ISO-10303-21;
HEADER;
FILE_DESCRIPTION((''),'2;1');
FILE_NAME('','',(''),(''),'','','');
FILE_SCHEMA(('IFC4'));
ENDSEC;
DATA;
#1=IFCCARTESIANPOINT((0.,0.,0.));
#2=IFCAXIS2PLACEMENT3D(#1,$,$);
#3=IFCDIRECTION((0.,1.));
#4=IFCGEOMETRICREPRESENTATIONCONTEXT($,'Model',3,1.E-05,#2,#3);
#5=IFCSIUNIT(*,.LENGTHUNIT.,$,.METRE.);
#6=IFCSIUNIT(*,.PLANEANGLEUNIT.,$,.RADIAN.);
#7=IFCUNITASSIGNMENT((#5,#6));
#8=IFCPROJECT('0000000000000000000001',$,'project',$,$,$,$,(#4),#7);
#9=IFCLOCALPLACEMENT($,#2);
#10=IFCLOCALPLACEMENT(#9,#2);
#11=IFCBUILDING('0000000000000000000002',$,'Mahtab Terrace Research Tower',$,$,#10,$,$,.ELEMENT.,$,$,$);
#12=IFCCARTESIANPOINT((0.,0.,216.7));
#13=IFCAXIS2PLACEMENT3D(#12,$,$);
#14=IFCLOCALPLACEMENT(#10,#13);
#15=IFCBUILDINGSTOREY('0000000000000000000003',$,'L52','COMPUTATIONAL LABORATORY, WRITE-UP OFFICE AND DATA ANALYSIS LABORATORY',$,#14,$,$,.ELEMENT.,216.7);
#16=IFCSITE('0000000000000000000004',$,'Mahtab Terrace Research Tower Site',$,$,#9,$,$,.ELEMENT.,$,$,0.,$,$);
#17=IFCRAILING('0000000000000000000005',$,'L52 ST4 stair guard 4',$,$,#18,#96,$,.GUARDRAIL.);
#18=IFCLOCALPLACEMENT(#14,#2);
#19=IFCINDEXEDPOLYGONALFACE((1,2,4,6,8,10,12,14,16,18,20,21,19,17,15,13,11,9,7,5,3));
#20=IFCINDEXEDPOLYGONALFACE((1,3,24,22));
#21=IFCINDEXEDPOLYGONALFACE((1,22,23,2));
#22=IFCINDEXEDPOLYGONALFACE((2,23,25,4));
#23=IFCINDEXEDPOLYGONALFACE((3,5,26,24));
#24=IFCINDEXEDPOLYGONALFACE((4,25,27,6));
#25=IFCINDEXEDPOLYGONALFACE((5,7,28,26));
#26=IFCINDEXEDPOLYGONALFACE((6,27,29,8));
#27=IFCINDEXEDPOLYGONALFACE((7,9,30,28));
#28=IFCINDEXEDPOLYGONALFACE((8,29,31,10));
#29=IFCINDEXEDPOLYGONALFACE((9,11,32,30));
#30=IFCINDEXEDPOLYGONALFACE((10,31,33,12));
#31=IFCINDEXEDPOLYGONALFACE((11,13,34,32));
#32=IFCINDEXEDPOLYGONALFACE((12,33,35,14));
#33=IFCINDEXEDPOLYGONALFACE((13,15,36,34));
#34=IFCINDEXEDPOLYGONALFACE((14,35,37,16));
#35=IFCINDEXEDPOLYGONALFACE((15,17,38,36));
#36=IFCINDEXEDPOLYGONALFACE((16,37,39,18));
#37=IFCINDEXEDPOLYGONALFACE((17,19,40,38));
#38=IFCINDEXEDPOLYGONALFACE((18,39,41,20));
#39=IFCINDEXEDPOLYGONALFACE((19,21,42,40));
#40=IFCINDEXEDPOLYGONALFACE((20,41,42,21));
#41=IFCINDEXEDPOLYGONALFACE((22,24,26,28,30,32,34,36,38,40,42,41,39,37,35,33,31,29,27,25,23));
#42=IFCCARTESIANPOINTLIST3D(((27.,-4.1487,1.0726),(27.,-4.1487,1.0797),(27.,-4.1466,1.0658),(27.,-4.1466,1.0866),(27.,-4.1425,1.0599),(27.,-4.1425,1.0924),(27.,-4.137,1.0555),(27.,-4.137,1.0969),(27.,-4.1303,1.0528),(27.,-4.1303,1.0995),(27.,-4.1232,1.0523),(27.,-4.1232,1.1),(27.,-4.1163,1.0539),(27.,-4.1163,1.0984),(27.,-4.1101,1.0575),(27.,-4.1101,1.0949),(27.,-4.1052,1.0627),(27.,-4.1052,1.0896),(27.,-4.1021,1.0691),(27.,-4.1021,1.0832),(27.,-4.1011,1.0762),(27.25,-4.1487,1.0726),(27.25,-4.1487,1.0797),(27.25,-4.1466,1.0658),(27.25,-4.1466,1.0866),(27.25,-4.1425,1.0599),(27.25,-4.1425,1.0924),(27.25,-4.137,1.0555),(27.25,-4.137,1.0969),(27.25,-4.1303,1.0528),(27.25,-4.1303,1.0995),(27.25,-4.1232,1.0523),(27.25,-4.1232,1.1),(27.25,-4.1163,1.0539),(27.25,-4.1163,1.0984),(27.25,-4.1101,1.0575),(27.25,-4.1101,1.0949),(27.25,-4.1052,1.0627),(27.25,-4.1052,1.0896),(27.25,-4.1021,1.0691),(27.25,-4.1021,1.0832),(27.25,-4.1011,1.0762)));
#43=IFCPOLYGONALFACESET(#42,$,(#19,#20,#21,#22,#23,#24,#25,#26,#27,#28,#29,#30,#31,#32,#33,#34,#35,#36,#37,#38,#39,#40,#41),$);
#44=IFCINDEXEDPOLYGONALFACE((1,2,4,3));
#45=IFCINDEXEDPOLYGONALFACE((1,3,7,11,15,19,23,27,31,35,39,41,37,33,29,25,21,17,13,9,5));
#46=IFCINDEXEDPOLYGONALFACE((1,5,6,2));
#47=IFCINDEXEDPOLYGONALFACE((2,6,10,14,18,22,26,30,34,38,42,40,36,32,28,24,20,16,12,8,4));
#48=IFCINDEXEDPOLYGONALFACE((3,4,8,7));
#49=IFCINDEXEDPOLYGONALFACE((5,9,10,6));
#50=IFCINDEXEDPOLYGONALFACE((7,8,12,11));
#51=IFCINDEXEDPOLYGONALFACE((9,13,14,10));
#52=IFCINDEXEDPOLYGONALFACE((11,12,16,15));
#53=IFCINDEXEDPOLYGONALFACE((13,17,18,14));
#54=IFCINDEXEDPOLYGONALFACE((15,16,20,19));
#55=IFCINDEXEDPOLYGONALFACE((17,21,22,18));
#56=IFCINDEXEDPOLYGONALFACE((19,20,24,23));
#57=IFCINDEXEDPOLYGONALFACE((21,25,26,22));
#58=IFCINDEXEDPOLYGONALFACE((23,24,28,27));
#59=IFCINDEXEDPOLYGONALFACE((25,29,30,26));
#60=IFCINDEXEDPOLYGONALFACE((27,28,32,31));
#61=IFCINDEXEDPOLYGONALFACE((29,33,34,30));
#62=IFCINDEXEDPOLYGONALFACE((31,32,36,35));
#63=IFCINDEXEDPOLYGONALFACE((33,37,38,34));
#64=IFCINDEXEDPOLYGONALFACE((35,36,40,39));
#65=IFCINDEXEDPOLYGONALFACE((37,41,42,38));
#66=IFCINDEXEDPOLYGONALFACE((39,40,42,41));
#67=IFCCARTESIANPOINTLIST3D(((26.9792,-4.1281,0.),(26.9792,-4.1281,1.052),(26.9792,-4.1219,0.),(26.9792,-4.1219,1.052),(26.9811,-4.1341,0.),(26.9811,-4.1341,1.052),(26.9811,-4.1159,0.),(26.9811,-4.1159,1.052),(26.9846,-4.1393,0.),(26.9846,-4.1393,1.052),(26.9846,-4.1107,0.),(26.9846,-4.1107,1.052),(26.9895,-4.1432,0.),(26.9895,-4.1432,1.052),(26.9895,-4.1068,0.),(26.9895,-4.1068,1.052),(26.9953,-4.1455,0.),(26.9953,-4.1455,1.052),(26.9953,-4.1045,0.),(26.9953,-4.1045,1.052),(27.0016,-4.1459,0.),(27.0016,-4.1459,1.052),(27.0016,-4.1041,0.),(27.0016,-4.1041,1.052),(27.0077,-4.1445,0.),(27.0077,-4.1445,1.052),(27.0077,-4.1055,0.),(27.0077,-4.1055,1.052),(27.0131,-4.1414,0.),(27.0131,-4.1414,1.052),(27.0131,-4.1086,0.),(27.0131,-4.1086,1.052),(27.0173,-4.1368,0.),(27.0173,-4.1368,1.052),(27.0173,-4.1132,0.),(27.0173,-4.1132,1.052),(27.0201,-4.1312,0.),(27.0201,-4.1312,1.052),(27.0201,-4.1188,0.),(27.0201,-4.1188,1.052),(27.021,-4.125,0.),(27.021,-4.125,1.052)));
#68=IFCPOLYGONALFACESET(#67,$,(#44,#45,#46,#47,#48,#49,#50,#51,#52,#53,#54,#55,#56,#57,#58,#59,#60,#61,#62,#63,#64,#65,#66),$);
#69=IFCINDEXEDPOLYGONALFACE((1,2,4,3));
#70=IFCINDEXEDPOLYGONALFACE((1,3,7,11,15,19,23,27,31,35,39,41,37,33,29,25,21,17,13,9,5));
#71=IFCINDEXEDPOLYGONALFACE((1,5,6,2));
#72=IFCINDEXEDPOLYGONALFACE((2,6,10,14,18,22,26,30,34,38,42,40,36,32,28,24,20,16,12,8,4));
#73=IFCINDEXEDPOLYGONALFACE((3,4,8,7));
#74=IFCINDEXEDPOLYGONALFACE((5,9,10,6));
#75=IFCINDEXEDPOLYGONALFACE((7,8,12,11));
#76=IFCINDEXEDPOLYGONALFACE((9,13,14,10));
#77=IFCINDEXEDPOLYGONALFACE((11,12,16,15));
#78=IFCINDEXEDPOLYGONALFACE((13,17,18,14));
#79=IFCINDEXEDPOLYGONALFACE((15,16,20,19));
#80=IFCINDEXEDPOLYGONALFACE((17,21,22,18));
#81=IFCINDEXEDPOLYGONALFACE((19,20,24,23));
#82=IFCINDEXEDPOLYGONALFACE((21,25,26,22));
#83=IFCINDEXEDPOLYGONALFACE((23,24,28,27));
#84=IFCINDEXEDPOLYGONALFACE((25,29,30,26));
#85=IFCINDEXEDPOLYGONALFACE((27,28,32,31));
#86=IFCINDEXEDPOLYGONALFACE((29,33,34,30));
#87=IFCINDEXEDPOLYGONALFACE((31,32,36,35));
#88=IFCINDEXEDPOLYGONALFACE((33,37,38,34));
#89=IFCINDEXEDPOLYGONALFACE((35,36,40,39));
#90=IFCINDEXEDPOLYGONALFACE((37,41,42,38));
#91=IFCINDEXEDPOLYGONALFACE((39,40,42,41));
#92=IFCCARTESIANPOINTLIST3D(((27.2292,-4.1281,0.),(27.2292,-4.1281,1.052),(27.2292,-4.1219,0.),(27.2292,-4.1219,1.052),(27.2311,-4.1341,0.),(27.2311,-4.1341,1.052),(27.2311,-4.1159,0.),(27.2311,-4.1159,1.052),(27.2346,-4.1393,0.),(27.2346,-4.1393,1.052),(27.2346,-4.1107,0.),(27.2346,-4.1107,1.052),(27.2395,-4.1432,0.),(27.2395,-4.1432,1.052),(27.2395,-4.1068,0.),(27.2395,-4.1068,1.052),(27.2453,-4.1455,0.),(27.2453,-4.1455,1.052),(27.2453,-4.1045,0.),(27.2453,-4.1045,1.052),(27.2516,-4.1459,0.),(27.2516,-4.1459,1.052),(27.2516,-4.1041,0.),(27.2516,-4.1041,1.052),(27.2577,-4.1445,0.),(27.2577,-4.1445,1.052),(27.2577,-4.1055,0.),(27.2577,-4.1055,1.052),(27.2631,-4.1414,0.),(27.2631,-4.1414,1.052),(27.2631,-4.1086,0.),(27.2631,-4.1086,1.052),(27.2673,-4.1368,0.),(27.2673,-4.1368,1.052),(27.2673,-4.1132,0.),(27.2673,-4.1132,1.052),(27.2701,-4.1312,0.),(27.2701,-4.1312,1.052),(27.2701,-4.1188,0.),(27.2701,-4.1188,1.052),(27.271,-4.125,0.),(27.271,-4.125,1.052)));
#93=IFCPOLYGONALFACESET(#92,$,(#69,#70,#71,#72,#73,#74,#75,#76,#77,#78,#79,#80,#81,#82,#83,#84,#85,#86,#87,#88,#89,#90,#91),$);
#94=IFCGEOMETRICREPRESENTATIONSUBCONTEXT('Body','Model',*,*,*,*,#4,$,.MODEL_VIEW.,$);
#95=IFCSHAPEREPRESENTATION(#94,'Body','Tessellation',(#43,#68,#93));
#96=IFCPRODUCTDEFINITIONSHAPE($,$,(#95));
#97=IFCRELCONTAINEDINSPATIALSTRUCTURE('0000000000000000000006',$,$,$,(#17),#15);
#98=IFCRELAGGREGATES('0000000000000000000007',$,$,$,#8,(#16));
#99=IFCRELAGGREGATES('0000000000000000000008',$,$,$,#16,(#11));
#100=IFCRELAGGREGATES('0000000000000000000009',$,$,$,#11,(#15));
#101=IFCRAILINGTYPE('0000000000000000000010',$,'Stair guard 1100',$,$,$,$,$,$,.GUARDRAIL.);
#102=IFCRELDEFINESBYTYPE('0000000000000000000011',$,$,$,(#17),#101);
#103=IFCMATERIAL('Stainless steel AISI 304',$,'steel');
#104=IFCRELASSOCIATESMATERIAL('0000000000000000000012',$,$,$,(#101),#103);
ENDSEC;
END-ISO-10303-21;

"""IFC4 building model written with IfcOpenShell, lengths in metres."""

from ifc_helpers import new_model, si_unit, direction, frame, origin, origin_2d, place, context, subcontext, project, spatial, circle, extrude, material, type_object, element, save


model = new_model("IFC4")

# Units and contexts
model_context = context("Model", 3, precision=1e-05, world=origin(), true_north=direction((0.0, 1.0)))
body_context = subcontext(model_context, "Body", "Model", "MODEL_VIEW")
ifc_project = project(units=[si_unit("LENGTHUNIT", "METRE"), si_unit("PLANEANGLEUNIT", "RADIAN")], contexts=[model_context])

# Site, building, storey
site_placement = place(None, origin())
site = spatial("IfcSite", under=ifc_project, at=site_placement, Name="Mahtab Terrace Research Tower Site", CompositionType="ELEMENT", RefElevation=0.0)
building_placement = place(site_placement, origin())
building = spatial("IfcBuilding", under=site, at=building_placement, Name="Mahtab Terrace Research Tower", CompositionType="ELEMENT")
storey_placement = place(building_placement, frame((0.0, 0.0, 216.7)))
storey = spatial("IfcBuildingStorey", under=building, at=storey_placement, Name="L52", Description="COMPUTATIONAL LABORATORY, WRITE-UP OFFICE AND DATA ANALYSIS LABORATORY", CompositionType="ELEMENT", Elevation=216.7)

# Railing
ifc_material_1 = material(Name="Stainless steel AISI 304", Category="steel")
railing_type_1 = type_object("IfcRailingType", Name="Stair guard 1100", PredefinedType="GUARDRAIL", material=ifc_material_1)
railing_1_placement = place(storey_placement, frame((27.0, -4.125, 0.0)))
element("IfcRailing", 1, at=railing_1_placement, inside=storey, type_object=railing_type_1, Name="L52 ST4 stair guard 4", PredefinedType="GUARDRAIL", context=body_context, shape_type="SweptSolid", body=[
    extrude(circle(Radius=0.0239, at=origin_2d()), frame((0.0, 0.0, 1.0762), z_axis=(1.0, 0.0, 0.0), x_axis=(0.0, 1.0, 0.0)), (0.0, 0.0, 1.0), 0.25),
    extrude(circle(Radius=0.021, at=origin_2d()), origin(), (0.0, 0.0, 1.0), 1.052),
    extrude(circle(Radius=0.021, at=origin_2d()), frame((0.25, 0.0, 0.0)), (0.0, 0.0, 1.0), 1.052),
])

save(model, "model.ifc")
